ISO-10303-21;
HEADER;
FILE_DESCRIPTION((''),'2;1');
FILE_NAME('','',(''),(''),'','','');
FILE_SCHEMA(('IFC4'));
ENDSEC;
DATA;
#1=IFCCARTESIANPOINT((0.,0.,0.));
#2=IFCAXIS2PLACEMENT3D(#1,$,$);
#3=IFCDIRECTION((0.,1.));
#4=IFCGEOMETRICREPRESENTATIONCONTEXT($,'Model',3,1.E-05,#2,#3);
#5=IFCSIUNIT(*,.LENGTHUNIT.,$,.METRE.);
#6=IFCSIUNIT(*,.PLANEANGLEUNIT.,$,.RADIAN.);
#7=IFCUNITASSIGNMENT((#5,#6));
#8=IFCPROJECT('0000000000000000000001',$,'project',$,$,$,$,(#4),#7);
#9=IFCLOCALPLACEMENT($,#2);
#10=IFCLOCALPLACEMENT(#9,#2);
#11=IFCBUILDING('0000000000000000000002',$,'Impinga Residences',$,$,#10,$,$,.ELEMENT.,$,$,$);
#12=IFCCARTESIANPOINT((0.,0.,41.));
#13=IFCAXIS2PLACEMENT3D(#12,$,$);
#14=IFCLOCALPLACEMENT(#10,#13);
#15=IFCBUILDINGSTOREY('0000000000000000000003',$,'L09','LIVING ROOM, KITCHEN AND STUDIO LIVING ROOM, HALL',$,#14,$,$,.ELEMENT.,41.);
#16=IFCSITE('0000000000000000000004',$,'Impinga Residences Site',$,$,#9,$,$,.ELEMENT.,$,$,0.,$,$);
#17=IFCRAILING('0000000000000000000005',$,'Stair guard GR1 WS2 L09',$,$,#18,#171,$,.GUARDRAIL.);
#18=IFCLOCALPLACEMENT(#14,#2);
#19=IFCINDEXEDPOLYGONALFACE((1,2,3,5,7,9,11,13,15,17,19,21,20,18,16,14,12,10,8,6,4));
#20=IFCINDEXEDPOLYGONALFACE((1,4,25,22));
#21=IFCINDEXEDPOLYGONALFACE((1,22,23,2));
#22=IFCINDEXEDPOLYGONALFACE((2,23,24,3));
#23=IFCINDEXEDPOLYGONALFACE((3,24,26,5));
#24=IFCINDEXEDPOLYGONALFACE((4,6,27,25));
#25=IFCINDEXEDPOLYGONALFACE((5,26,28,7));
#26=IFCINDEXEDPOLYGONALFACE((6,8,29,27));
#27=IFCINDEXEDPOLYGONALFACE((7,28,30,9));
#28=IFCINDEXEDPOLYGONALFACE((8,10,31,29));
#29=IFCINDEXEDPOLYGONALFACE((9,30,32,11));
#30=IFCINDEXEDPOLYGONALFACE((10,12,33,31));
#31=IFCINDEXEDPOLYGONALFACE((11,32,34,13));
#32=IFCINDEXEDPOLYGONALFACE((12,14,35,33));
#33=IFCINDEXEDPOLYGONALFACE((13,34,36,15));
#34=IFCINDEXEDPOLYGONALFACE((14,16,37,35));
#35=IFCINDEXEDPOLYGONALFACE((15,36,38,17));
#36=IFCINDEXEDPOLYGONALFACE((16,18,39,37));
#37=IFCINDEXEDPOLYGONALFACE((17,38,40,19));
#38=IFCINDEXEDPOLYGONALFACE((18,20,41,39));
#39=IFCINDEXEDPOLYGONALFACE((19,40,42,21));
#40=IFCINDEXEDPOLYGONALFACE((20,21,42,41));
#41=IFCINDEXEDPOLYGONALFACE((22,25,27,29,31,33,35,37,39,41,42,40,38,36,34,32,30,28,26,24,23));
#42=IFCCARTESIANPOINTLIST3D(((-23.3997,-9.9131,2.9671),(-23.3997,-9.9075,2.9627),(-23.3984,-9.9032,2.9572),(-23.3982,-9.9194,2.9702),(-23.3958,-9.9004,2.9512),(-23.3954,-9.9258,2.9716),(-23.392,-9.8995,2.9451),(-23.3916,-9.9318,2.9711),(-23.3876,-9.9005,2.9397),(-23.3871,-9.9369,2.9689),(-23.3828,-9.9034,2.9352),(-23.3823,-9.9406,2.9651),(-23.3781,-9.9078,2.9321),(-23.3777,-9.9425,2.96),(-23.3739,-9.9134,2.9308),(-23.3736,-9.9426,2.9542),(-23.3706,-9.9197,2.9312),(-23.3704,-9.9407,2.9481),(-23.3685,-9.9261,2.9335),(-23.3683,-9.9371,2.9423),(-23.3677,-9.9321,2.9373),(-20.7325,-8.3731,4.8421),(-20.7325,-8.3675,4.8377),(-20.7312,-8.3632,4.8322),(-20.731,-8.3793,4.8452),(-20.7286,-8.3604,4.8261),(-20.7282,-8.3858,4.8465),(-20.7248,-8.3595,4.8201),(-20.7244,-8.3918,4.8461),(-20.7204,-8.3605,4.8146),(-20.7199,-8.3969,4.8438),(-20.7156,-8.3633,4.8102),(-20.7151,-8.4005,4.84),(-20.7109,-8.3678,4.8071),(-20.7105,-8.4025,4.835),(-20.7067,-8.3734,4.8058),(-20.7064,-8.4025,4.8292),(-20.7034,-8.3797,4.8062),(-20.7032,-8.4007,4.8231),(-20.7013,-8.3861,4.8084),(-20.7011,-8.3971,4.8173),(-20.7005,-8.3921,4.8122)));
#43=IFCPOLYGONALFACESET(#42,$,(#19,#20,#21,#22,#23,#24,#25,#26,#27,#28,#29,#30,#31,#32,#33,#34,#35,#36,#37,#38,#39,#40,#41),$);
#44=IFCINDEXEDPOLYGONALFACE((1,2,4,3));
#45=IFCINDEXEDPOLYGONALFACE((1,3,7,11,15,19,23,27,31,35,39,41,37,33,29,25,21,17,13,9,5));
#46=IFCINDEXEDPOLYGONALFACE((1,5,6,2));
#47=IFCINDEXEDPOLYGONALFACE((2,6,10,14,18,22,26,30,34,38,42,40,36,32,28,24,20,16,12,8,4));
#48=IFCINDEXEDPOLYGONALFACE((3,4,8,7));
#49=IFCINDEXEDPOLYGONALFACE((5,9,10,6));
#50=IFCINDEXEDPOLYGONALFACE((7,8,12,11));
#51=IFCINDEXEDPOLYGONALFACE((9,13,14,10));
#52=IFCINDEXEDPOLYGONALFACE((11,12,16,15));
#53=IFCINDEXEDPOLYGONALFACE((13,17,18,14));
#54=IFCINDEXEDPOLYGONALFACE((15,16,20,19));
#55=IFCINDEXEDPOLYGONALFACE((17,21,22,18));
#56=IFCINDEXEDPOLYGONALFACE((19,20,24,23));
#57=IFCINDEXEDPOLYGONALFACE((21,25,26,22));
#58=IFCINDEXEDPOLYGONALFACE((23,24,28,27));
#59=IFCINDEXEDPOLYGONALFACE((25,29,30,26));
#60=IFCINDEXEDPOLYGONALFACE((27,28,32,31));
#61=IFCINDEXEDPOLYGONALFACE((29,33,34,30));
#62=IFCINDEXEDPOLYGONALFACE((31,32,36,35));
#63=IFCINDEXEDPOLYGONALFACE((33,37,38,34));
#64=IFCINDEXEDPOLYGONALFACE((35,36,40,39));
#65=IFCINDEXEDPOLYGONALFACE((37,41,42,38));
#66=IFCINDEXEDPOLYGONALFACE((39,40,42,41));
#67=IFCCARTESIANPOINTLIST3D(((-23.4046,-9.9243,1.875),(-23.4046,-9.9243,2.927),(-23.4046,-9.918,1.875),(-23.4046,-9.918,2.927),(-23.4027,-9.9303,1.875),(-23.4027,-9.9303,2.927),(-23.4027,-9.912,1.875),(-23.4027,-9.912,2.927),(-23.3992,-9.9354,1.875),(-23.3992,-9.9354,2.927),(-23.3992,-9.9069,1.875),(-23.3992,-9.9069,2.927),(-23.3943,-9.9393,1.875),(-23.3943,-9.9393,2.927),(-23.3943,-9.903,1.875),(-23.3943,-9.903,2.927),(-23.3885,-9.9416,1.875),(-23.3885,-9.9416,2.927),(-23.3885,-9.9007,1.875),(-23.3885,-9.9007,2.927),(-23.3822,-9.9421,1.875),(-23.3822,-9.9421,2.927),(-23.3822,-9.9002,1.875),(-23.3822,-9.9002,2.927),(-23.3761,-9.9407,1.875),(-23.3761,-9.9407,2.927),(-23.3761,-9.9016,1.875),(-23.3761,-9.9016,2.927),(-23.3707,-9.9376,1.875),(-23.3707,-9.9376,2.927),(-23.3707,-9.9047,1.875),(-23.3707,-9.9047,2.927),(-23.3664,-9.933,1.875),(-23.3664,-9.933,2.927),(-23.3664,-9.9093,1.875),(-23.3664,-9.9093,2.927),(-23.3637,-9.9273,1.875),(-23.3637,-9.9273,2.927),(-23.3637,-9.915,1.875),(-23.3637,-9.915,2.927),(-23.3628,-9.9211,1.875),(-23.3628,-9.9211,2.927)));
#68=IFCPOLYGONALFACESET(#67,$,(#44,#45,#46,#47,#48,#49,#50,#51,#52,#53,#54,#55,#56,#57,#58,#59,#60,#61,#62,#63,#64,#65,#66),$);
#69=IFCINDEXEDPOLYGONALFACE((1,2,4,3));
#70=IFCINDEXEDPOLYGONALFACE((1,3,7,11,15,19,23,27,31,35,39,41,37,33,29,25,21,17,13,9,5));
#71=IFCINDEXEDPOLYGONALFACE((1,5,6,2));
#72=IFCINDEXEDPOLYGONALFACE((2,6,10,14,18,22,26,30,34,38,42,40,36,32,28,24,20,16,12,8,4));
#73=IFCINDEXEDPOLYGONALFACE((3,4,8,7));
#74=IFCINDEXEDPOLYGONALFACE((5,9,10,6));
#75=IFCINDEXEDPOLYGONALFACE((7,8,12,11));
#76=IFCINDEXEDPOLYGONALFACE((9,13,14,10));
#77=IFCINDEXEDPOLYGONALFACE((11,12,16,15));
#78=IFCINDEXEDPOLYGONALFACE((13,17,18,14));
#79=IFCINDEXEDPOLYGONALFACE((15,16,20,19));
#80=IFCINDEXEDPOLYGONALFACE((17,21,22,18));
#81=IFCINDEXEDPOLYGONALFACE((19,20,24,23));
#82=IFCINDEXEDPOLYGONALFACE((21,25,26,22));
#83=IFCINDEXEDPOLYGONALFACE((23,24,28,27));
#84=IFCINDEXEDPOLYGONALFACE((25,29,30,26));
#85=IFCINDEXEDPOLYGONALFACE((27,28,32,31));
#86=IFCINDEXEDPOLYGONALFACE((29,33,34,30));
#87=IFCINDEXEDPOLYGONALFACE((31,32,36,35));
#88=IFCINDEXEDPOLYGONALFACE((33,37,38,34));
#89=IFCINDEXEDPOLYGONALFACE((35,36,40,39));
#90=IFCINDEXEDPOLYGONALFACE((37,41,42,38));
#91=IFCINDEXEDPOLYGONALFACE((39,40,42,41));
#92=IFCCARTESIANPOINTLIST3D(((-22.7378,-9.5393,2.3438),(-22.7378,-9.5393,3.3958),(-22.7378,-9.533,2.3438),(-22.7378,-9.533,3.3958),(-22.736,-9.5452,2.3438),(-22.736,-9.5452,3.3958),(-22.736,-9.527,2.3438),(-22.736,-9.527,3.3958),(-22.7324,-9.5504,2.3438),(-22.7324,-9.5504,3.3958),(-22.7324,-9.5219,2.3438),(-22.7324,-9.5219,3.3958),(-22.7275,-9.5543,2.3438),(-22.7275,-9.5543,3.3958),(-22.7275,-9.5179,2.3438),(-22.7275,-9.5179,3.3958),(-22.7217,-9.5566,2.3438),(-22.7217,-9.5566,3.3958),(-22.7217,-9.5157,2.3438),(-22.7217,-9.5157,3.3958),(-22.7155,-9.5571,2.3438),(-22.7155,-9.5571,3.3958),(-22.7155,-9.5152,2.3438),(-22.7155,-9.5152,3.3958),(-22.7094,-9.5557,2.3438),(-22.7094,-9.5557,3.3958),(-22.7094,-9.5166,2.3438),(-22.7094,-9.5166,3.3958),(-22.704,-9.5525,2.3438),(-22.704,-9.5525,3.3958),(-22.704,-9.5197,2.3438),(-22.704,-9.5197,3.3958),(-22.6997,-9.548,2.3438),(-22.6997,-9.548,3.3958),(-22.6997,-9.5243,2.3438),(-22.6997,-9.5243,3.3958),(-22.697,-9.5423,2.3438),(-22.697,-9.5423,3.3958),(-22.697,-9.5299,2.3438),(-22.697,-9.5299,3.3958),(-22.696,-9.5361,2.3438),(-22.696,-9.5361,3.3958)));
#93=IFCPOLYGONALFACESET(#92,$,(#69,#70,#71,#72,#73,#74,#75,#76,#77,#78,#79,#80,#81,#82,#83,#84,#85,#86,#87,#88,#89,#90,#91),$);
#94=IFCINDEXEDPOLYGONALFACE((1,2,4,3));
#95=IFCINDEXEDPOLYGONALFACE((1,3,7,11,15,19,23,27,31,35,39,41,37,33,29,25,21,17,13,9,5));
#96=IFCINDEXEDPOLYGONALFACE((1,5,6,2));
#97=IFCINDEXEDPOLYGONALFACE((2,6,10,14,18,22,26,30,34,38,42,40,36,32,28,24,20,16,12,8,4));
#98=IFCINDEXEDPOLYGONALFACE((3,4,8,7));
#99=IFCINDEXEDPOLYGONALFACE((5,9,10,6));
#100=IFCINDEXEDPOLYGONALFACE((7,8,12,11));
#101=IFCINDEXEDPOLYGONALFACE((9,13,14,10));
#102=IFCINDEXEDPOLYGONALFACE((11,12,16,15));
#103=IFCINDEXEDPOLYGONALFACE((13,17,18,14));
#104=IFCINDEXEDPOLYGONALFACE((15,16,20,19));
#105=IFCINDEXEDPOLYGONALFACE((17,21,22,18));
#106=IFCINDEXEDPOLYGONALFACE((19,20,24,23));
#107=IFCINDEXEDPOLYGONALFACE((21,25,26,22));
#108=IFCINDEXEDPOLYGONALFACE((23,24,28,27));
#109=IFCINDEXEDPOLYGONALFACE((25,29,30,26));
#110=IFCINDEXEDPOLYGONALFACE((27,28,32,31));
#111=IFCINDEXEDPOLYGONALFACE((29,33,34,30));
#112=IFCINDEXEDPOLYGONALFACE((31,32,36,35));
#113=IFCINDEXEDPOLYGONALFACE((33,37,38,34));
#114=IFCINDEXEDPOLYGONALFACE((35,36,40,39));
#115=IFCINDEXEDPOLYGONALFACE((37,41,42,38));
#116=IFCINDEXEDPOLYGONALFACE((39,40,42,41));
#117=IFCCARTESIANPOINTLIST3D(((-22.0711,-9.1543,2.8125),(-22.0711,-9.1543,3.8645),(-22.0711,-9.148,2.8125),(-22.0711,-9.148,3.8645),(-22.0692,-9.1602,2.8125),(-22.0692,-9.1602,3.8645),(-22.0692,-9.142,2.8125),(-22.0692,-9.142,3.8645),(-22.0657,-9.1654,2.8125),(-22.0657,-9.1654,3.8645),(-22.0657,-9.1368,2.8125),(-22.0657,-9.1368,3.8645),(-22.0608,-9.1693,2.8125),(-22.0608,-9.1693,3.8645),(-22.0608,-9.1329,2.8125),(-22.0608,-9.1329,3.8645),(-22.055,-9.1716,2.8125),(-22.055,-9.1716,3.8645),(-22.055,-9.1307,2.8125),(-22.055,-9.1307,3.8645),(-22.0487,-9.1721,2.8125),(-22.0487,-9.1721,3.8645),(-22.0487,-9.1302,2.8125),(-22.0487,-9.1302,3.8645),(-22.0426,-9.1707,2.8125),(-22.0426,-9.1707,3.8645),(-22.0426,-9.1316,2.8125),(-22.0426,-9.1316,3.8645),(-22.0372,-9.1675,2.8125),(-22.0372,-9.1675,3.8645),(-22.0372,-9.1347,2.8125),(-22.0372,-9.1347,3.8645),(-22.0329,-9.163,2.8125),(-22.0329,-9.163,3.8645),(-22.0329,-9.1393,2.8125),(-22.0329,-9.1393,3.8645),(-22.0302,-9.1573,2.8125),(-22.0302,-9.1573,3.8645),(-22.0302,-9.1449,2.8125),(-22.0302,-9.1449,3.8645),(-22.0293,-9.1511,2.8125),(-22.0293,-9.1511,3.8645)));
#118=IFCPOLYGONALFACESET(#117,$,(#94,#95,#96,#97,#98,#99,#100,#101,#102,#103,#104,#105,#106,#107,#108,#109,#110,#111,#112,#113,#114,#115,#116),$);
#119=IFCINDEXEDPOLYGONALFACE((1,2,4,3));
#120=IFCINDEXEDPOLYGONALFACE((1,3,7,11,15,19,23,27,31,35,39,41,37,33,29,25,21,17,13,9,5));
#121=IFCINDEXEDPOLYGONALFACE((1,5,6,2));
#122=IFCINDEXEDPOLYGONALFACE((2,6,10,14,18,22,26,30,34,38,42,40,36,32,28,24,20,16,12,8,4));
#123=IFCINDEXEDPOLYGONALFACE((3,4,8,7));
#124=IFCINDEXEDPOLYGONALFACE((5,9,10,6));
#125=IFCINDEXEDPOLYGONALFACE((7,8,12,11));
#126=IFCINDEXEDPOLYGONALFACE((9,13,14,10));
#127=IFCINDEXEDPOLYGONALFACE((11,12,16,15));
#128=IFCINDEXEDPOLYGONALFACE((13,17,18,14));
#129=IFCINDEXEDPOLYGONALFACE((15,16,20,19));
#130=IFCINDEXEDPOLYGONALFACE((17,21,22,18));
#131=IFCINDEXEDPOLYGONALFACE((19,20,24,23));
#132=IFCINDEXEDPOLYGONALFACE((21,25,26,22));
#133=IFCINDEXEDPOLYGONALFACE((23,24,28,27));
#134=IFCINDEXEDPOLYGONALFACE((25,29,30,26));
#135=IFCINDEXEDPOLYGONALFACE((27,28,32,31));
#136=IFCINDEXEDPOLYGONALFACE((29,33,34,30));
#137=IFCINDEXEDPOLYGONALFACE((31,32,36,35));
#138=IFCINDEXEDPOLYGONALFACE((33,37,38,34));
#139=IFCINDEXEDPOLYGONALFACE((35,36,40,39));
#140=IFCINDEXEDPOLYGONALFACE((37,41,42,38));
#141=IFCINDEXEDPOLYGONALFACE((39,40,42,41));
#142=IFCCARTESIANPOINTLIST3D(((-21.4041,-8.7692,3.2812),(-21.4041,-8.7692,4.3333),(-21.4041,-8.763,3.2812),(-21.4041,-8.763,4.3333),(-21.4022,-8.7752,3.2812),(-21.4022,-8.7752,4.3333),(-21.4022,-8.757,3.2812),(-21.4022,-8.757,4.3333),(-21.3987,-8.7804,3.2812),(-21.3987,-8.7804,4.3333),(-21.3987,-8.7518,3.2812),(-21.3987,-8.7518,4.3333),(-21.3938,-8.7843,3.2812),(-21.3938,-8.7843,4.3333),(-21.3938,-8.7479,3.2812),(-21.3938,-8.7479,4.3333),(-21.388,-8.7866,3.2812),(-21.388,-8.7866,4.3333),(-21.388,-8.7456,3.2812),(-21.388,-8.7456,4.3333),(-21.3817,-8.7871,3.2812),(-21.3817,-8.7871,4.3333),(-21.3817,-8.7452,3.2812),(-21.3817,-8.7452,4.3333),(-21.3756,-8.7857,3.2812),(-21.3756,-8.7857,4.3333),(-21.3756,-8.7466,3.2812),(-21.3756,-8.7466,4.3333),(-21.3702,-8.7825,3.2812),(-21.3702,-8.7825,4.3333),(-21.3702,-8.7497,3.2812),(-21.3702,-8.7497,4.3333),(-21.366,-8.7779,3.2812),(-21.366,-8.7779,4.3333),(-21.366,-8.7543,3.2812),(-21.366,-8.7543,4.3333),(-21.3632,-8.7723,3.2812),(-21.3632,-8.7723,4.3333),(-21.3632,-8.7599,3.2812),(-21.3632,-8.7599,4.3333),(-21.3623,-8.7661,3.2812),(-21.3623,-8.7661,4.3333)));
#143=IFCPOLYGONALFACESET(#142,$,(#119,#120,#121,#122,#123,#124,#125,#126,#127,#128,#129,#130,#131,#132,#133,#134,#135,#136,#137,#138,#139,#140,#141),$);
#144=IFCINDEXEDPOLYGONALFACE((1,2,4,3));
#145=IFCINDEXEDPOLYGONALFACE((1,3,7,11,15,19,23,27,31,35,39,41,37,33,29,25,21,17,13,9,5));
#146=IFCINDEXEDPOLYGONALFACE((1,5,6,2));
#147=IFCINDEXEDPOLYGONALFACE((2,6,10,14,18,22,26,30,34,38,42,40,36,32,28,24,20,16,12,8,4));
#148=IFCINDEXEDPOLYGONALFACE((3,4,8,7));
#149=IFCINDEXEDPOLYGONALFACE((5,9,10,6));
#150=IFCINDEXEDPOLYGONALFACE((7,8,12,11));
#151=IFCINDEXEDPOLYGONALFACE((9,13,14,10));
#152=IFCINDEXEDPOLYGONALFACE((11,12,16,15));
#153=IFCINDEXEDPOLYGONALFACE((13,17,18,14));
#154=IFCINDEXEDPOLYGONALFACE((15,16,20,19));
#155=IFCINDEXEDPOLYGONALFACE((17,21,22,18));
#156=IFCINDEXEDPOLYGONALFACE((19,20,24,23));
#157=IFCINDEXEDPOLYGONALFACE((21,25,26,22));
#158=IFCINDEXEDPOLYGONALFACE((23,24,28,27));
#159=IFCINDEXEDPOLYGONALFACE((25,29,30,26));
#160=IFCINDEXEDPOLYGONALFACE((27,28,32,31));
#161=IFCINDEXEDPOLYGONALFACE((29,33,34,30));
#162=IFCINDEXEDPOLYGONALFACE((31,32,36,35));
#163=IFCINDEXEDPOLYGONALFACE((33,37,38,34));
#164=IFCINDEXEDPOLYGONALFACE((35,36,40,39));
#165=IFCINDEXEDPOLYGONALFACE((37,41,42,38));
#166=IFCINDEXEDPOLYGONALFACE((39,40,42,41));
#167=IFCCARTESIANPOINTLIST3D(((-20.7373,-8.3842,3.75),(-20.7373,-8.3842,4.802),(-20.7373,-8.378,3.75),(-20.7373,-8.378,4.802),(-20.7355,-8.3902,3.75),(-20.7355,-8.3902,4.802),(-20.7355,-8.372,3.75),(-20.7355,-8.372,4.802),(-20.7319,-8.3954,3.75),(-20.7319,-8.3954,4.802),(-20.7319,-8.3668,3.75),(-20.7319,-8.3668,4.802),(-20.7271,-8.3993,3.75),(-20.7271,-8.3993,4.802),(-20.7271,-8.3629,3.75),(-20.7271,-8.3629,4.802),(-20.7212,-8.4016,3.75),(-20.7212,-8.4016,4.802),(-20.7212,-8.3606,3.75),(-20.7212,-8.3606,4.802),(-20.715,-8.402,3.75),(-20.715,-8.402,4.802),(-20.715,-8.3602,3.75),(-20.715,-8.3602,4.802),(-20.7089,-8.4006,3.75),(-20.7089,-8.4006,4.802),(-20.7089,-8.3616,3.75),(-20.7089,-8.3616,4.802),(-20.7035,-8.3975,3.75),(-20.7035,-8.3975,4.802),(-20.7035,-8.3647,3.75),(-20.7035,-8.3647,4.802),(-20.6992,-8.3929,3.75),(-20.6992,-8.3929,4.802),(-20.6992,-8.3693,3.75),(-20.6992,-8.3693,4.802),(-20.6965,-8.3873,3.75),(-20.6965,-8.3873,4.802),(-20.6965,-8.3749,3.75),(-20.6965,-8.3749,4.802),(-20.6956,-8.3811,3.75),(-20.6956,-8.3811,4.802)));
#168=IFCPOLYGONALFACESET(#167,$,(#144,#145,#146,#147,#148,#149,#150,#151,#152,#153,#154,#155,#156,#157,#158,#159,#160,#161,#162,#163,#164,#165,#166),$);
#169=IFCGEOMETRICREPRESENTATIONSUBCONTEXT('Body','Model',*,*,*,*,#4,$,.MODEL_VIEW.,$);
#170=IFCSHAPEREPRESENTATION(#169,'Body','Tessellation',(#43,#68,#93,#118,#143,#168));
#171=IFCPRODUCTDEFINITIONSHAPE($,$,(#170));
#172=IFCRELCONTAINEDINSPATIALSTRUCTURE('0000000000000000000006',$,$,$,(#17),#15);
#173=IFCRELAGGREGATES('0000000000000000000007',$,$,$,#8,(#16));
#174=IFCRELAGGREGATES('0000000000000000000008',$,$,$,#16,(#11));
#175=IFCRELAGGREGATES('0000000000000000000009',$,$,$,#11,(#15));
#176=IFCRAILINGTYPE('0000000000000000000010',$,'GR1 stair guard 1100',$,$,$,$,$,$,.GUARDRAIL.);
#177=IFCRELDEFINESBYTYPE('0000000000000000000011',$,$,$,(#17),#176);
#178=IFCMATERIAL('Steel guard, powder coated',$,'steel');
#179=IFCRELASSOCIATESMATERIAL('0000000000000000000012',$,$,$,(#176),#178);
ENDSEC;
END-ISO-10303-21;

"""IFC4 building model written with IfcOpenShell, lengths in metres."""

from ifc_helpers import new_model, si_unit, direction, frame, origin, origin_2d, place, context, subcontext, project, spatial, circle, extrude, material, type_object, element, save


model = new_model("IFC4")

# Units and contexts
model_context = context("Model", 3, precision=1e-05, world=origin(), true_north=direction((0.0, 1.0)))
body_context = subcontext(model_context, "Body", "Model", "MODEL_VIEW")
ifc_project = project(units=[si_unit("LENGTHUNIT", "METRE"), si_unit("PLANEANGLEUNIT", "RADIAN")], contexts=[model_context])

# Site, building, storey
site_placement = place(None, origin())
site = spatial("IfcSite", under=ifc_project, at=site_placement, Name="Impinga Residences Site", CompositionType="ELEMENT", RefElevation=0.0)
building_placement = place(site_placement, origin())
building = spatial("IfcBuilding", under=site, at=building_placement, Name="Impinga Residences", CompositionType="ELEMENT")
storey_placement = place(building_placement, frame((0.0, 0.0, 41.0)))
storey = spatial("IfcBuildingStorey", under=building, at=storey_placement, Name="L09", Description="LIVING ROOM, KITCHEN AND STUDIO LIVING ROOM, HALL", CompositionType="ELEMENT", Elevation=41.0)

# Railing
ifc_material_1 = material(Name="Steel guard, powder coated", Category="steel")
railing_type_1 = type_object("IfcRailingType", Name="GR1 stair guard 1100", PredefinedType="GUARDRAIL", material=ifc_material_1)
railing_1_placement = place(storey_placement, frame((-23.3838, -9.9211, 1.875)))
element("IfcRailing", 1, at=railing_1_placement, inside=storey, type_object=railing_type_1, Name="Stair guard GR1 WS2 L09", PredefinedType="GUARDRAIL", context=body_context, shape_type="SweptSolid", body=[
    extrude(circle(Radius=0.0239, at=origin_2d()), frame((0.0, 0.0, 1.0762), z_axis=(0.739716, 0.427105, 0.520002), x_axis=(-0.500027, 0.86601, 0.0)), (0.0, 0.0, 1.0), 3.6057),
    extrude(circle(Radius=0.021, at=origin_2d()), origin(), (0.0, 0.0, 1.0), 1.052),
    extrude(circle(Radius=0.021, at=origin_2d()), frame((0.6667, 0.385, 0.4688)), (0.0, 0.0, 1.0), 1.052),
    extrude(circle(Radius=0.021, at=origin_2d()), frame((1.3335, 0.77, 0.9375)), (0.0, 0.0, 1.0), 1.052),
    extrude(circle(Radius=0.021, at=origin_2d()), frame((2.0005, 1.155, 1.4062)), (0.0, 0.0, 1.0), 1.052),
    extrude(circle(Radius=0.021, at=origin_2d()), frame((2.6672, 1.54, 1.875)), (0.0, 0.0, 1.0), 1.052),
])

save(model, "model.ifc")
